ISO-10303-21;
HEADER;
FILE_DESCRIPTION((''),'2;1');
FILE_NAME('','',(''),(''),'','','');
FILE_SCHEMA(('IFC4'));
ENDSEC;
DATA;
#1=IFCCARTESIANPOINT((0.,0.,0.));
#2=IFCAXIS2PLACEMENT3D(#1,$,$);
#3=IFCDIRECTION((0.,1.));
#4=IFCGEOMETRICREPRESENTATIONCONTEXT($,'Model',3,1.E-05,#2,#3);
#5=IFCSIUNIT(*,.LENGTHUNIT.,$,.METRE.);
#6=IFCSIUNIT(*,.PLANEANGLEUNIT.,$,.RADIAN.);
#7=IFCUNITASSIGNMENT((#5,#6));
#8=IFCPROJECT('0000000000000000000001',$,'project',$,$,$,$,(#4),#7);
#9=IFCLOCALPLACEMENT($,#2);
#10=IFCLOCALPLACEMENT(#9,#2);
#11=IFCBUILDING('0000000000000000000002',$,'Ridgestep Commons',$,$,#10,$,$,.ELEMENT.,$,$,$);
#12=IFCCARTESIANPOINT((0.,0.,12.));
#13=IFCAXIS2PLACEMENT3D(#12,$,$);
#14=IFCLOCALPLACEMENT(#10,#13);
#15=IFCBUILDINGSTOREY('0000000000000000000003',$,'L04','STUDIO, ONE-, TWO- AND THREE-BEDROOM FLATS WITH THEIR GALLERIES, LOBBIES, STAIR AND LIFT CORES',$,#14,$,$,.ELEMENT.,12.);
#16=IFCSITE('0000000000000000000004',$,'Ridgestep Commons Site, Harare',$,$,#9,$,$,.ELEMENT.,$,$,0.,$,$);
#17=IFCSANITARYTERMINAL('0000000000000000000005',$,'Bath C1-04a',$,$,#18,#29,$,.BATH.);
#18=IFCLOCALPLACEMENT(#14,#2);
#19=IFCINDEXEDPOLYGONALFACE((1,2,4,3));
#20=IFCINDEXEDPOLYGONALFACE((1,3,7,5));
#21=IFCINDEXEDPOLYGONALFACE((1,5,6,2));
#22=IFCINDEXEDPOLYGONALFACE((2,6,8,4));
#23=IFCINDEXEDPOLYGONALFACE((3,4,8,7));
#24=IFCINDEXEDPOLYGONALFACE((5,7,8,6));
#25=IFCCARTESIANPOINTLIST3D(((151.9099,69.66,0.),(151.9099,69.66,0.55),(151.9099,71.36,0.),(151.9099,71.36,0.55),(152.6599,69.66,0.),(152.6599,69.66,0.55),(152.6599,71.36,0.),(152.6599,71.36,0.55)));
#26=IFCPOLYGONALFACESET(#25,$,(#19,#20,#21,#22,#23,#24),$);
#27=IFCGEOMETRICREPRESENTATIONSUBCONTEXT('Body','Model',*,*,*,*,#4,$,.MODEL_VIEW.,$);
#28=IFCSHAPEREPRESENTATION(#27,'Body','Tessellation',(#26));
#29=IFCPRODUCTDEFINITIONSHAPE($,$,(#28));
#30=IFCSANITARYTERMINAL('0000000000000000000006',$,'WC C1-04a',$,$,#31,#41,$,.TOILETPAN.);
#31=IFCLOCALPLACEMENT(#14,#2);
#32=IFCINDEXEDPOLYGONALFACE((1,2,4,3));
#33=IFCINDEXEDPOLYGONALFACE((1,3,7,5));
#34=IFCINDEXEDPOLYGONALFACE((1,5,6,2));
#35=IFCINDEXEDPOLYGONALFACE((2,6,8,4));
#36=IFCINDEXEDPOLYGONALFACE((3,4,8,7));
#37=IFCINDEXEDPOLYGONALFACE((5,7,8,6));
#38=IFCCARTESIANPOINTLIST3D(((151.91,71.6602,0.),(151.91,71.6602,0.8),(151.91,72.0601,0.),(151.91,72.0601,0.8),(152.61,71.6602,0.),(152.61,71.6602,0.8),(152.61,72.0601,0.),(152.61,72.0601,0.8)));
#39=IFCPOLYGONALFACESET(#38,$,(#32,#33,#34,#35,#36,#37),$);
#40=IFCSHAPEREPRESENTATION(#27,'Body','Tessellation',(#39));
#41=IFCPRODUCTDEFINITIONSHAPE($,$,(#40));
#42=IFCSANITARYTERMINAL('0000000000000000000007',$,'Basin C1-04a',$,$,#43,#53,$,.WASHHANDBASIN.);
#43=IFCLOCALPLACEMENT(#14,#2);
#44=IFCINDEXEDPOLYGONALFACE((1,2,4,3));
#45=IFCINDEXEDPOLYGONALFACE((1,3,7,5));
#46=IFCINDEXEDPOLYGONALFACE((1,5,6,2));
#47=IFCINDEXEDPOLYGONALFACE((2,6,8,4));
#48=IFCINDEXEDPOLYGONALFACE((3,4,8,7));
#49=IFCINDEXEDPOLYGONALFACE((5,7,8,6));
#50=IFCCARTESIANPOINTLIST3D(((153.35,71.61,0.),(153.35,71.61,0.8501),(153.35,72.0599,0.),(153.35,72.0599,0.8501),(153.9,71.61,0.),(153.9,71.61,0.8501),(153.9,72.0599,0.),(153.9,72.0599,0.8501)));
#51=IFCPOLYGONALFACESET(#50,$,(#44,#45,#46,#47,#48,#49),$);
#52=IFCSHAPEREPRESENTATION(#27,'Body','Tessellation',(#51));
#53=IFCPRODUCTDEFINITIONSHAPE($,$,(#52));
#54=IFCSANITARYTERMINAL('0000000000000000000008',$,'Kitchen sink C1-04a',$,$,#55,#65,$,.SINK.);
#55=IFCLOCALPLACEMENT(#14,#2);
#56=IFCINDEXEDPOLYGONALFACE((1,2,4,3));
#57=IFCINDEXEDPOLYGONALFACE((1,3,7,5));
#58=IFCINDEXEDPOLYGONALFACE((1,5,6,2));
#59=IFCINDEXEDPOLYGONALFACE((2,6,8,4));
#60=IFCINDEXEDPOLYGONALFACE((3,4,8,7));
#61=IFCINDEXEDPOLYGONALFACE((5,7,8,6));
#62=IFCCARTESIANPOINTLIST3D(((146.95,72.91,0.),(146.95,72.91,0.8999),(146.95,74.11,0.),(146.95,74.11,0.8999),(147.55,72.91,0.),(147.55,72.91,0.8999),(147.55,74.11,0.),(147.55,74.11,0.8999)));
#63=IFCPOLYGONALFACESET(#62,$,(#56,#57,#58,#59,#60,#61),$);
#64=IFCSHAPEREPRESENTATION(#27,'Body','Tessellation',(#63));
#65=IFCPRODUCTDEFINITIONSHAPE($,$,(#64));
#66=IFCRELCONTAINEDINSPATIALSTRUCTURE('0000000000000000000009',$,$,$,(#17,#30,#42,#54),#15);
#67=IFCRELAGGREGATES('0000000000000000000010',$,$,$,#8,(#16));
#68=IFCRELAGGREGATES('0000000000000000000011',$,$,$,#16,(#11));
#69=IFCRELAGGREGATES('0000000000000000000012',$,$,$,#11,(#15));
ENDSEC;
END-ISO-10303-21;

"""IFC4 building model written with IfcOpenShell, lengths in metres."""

from ifc_helpers import new_model, si_unit, direction, frame, origin, origin_2d, place, context, subcontext, project, spatial, rectangle, extrude, element, save


model = new_model("IFC4")

# Units and contexts
model_context = context("Model", 3, precision=1e-05, world=origin(), true_north=direction((0.0, 1.0)))
body_context = subcontext(model_context, "Body", "Model", "MODEL_VIEW")
ifc_project = project(units=[si_unit("LENGTHUNIT", "METRE"), si_unit("PLANEANGLEUNIT", "RADIAN")], contexts=[model_context])

# Site, building, storey
site_placement = place(None, origin())
site = spatial("IfcSite", under=ifc_project, at=site_placement, Name="Ridgestep Commons Site, Harare", CompositionType="ELEMENT", RefElevation=0.0)
building_placement = place(site_placement, origin())
building = spatial("IfcBuilding", under=site, at=building_placement, Name="Ridgestep Commons", CompositionType="ELEMENT")
storey_placement = place(building_placement, frame((0.0, 0.0, 12.0)))
storey = spatial("IfcBuildingStorey", under=building, at=storey_placement, Name="L04", Description="STUDIO, ONE-, TWO- AND THREE-BEDROOM FLATS WITH THEIR GALLERIES, LOBBIES, STAIR AND LIFT CORES", CompositionType="ELEMENT", Elevation=12.0)

# Sanitary terminals
sanitary_terminal_1_placement = place(storey_placement, frame((152.2849, 70.51, 0.0), z_axis=(0.0, 0.0, 1.0), x_axis=(1.0, 0.0, 0.0)))
element("IfcSanitaryTerminal", 1, at=sanitary_terminal_1_placement, inside=storey, Name="Bath C1-04a", PredefinedType="BATH", context=body_context, shape_type="SweptSolid", body=[
    extrude(rectangle(XDim=0.75, YDim=1.7, at=origin_2d()), origin(), (0.0, 0.0, 1.0), 0.55),
])
sanitary_terminal_2_placement = place(storey_placement, frame((152.26, 71.8601, 0.0), z_axis=(0.0, 0.0, 1.0), x_axis=(1.0, 0.0, 0.0)))
element("IfcSanitaryTerminal", 2, at=sanitary_terminal_2_placement, inside=storey, Name="WC C1-04a", PredefinedType="TOILETPAN", context=body_context, shape_type="SweptSolid", body=[
    extrude(rectangle(XDim=0.7, YDim=0.3999, at=origin_2d()), origin(), (0.0, 0.0, 1.0), 0.8),
])
sanitary_terminal_3_placement = place(storey_placement, frame((153.625, 71.835, 0.0), z_axis=(0.0, 0.0, 1.0), x_axis=(1.0, 0.0, 0.0)))
element("IfcSanitaryTerminal", 3, at=sanitary_terminal_3_placement, inside=storey, Name="Basin C1-04a", PredefinedType="WASHHANDBASIN", context=body_context, shape_type="SweptSolid", body=[
    extrude(rectangle(XDim=0.55, YDim=0.45, at=origin_2d()), origin(), (0.0, 0.0, 1.0), 0.8501),
])
sanitary_terminal_4_placement = place(storey_placement, frame((147.25, 73.51, 0.0), z_axis=(0.0, 0.0, 1.0), x_axis=(1.0, 0.0, 0.0)))
element("IfcSanitaryTerminal", 4, at=sanitary_terminal_4_placement, inside=storey, Name="Kitchen sink C1-04a", PredefinedType="SINK", context=body_context, shape_type="SweptSolid", body=[
    extrude(rectangle(XDim=0.6001, YDim=1.2, at=origin_2d()), origin(), (0.0, 0.0, 1.0), 0.8999),
])

save(model, "model.ifc")
